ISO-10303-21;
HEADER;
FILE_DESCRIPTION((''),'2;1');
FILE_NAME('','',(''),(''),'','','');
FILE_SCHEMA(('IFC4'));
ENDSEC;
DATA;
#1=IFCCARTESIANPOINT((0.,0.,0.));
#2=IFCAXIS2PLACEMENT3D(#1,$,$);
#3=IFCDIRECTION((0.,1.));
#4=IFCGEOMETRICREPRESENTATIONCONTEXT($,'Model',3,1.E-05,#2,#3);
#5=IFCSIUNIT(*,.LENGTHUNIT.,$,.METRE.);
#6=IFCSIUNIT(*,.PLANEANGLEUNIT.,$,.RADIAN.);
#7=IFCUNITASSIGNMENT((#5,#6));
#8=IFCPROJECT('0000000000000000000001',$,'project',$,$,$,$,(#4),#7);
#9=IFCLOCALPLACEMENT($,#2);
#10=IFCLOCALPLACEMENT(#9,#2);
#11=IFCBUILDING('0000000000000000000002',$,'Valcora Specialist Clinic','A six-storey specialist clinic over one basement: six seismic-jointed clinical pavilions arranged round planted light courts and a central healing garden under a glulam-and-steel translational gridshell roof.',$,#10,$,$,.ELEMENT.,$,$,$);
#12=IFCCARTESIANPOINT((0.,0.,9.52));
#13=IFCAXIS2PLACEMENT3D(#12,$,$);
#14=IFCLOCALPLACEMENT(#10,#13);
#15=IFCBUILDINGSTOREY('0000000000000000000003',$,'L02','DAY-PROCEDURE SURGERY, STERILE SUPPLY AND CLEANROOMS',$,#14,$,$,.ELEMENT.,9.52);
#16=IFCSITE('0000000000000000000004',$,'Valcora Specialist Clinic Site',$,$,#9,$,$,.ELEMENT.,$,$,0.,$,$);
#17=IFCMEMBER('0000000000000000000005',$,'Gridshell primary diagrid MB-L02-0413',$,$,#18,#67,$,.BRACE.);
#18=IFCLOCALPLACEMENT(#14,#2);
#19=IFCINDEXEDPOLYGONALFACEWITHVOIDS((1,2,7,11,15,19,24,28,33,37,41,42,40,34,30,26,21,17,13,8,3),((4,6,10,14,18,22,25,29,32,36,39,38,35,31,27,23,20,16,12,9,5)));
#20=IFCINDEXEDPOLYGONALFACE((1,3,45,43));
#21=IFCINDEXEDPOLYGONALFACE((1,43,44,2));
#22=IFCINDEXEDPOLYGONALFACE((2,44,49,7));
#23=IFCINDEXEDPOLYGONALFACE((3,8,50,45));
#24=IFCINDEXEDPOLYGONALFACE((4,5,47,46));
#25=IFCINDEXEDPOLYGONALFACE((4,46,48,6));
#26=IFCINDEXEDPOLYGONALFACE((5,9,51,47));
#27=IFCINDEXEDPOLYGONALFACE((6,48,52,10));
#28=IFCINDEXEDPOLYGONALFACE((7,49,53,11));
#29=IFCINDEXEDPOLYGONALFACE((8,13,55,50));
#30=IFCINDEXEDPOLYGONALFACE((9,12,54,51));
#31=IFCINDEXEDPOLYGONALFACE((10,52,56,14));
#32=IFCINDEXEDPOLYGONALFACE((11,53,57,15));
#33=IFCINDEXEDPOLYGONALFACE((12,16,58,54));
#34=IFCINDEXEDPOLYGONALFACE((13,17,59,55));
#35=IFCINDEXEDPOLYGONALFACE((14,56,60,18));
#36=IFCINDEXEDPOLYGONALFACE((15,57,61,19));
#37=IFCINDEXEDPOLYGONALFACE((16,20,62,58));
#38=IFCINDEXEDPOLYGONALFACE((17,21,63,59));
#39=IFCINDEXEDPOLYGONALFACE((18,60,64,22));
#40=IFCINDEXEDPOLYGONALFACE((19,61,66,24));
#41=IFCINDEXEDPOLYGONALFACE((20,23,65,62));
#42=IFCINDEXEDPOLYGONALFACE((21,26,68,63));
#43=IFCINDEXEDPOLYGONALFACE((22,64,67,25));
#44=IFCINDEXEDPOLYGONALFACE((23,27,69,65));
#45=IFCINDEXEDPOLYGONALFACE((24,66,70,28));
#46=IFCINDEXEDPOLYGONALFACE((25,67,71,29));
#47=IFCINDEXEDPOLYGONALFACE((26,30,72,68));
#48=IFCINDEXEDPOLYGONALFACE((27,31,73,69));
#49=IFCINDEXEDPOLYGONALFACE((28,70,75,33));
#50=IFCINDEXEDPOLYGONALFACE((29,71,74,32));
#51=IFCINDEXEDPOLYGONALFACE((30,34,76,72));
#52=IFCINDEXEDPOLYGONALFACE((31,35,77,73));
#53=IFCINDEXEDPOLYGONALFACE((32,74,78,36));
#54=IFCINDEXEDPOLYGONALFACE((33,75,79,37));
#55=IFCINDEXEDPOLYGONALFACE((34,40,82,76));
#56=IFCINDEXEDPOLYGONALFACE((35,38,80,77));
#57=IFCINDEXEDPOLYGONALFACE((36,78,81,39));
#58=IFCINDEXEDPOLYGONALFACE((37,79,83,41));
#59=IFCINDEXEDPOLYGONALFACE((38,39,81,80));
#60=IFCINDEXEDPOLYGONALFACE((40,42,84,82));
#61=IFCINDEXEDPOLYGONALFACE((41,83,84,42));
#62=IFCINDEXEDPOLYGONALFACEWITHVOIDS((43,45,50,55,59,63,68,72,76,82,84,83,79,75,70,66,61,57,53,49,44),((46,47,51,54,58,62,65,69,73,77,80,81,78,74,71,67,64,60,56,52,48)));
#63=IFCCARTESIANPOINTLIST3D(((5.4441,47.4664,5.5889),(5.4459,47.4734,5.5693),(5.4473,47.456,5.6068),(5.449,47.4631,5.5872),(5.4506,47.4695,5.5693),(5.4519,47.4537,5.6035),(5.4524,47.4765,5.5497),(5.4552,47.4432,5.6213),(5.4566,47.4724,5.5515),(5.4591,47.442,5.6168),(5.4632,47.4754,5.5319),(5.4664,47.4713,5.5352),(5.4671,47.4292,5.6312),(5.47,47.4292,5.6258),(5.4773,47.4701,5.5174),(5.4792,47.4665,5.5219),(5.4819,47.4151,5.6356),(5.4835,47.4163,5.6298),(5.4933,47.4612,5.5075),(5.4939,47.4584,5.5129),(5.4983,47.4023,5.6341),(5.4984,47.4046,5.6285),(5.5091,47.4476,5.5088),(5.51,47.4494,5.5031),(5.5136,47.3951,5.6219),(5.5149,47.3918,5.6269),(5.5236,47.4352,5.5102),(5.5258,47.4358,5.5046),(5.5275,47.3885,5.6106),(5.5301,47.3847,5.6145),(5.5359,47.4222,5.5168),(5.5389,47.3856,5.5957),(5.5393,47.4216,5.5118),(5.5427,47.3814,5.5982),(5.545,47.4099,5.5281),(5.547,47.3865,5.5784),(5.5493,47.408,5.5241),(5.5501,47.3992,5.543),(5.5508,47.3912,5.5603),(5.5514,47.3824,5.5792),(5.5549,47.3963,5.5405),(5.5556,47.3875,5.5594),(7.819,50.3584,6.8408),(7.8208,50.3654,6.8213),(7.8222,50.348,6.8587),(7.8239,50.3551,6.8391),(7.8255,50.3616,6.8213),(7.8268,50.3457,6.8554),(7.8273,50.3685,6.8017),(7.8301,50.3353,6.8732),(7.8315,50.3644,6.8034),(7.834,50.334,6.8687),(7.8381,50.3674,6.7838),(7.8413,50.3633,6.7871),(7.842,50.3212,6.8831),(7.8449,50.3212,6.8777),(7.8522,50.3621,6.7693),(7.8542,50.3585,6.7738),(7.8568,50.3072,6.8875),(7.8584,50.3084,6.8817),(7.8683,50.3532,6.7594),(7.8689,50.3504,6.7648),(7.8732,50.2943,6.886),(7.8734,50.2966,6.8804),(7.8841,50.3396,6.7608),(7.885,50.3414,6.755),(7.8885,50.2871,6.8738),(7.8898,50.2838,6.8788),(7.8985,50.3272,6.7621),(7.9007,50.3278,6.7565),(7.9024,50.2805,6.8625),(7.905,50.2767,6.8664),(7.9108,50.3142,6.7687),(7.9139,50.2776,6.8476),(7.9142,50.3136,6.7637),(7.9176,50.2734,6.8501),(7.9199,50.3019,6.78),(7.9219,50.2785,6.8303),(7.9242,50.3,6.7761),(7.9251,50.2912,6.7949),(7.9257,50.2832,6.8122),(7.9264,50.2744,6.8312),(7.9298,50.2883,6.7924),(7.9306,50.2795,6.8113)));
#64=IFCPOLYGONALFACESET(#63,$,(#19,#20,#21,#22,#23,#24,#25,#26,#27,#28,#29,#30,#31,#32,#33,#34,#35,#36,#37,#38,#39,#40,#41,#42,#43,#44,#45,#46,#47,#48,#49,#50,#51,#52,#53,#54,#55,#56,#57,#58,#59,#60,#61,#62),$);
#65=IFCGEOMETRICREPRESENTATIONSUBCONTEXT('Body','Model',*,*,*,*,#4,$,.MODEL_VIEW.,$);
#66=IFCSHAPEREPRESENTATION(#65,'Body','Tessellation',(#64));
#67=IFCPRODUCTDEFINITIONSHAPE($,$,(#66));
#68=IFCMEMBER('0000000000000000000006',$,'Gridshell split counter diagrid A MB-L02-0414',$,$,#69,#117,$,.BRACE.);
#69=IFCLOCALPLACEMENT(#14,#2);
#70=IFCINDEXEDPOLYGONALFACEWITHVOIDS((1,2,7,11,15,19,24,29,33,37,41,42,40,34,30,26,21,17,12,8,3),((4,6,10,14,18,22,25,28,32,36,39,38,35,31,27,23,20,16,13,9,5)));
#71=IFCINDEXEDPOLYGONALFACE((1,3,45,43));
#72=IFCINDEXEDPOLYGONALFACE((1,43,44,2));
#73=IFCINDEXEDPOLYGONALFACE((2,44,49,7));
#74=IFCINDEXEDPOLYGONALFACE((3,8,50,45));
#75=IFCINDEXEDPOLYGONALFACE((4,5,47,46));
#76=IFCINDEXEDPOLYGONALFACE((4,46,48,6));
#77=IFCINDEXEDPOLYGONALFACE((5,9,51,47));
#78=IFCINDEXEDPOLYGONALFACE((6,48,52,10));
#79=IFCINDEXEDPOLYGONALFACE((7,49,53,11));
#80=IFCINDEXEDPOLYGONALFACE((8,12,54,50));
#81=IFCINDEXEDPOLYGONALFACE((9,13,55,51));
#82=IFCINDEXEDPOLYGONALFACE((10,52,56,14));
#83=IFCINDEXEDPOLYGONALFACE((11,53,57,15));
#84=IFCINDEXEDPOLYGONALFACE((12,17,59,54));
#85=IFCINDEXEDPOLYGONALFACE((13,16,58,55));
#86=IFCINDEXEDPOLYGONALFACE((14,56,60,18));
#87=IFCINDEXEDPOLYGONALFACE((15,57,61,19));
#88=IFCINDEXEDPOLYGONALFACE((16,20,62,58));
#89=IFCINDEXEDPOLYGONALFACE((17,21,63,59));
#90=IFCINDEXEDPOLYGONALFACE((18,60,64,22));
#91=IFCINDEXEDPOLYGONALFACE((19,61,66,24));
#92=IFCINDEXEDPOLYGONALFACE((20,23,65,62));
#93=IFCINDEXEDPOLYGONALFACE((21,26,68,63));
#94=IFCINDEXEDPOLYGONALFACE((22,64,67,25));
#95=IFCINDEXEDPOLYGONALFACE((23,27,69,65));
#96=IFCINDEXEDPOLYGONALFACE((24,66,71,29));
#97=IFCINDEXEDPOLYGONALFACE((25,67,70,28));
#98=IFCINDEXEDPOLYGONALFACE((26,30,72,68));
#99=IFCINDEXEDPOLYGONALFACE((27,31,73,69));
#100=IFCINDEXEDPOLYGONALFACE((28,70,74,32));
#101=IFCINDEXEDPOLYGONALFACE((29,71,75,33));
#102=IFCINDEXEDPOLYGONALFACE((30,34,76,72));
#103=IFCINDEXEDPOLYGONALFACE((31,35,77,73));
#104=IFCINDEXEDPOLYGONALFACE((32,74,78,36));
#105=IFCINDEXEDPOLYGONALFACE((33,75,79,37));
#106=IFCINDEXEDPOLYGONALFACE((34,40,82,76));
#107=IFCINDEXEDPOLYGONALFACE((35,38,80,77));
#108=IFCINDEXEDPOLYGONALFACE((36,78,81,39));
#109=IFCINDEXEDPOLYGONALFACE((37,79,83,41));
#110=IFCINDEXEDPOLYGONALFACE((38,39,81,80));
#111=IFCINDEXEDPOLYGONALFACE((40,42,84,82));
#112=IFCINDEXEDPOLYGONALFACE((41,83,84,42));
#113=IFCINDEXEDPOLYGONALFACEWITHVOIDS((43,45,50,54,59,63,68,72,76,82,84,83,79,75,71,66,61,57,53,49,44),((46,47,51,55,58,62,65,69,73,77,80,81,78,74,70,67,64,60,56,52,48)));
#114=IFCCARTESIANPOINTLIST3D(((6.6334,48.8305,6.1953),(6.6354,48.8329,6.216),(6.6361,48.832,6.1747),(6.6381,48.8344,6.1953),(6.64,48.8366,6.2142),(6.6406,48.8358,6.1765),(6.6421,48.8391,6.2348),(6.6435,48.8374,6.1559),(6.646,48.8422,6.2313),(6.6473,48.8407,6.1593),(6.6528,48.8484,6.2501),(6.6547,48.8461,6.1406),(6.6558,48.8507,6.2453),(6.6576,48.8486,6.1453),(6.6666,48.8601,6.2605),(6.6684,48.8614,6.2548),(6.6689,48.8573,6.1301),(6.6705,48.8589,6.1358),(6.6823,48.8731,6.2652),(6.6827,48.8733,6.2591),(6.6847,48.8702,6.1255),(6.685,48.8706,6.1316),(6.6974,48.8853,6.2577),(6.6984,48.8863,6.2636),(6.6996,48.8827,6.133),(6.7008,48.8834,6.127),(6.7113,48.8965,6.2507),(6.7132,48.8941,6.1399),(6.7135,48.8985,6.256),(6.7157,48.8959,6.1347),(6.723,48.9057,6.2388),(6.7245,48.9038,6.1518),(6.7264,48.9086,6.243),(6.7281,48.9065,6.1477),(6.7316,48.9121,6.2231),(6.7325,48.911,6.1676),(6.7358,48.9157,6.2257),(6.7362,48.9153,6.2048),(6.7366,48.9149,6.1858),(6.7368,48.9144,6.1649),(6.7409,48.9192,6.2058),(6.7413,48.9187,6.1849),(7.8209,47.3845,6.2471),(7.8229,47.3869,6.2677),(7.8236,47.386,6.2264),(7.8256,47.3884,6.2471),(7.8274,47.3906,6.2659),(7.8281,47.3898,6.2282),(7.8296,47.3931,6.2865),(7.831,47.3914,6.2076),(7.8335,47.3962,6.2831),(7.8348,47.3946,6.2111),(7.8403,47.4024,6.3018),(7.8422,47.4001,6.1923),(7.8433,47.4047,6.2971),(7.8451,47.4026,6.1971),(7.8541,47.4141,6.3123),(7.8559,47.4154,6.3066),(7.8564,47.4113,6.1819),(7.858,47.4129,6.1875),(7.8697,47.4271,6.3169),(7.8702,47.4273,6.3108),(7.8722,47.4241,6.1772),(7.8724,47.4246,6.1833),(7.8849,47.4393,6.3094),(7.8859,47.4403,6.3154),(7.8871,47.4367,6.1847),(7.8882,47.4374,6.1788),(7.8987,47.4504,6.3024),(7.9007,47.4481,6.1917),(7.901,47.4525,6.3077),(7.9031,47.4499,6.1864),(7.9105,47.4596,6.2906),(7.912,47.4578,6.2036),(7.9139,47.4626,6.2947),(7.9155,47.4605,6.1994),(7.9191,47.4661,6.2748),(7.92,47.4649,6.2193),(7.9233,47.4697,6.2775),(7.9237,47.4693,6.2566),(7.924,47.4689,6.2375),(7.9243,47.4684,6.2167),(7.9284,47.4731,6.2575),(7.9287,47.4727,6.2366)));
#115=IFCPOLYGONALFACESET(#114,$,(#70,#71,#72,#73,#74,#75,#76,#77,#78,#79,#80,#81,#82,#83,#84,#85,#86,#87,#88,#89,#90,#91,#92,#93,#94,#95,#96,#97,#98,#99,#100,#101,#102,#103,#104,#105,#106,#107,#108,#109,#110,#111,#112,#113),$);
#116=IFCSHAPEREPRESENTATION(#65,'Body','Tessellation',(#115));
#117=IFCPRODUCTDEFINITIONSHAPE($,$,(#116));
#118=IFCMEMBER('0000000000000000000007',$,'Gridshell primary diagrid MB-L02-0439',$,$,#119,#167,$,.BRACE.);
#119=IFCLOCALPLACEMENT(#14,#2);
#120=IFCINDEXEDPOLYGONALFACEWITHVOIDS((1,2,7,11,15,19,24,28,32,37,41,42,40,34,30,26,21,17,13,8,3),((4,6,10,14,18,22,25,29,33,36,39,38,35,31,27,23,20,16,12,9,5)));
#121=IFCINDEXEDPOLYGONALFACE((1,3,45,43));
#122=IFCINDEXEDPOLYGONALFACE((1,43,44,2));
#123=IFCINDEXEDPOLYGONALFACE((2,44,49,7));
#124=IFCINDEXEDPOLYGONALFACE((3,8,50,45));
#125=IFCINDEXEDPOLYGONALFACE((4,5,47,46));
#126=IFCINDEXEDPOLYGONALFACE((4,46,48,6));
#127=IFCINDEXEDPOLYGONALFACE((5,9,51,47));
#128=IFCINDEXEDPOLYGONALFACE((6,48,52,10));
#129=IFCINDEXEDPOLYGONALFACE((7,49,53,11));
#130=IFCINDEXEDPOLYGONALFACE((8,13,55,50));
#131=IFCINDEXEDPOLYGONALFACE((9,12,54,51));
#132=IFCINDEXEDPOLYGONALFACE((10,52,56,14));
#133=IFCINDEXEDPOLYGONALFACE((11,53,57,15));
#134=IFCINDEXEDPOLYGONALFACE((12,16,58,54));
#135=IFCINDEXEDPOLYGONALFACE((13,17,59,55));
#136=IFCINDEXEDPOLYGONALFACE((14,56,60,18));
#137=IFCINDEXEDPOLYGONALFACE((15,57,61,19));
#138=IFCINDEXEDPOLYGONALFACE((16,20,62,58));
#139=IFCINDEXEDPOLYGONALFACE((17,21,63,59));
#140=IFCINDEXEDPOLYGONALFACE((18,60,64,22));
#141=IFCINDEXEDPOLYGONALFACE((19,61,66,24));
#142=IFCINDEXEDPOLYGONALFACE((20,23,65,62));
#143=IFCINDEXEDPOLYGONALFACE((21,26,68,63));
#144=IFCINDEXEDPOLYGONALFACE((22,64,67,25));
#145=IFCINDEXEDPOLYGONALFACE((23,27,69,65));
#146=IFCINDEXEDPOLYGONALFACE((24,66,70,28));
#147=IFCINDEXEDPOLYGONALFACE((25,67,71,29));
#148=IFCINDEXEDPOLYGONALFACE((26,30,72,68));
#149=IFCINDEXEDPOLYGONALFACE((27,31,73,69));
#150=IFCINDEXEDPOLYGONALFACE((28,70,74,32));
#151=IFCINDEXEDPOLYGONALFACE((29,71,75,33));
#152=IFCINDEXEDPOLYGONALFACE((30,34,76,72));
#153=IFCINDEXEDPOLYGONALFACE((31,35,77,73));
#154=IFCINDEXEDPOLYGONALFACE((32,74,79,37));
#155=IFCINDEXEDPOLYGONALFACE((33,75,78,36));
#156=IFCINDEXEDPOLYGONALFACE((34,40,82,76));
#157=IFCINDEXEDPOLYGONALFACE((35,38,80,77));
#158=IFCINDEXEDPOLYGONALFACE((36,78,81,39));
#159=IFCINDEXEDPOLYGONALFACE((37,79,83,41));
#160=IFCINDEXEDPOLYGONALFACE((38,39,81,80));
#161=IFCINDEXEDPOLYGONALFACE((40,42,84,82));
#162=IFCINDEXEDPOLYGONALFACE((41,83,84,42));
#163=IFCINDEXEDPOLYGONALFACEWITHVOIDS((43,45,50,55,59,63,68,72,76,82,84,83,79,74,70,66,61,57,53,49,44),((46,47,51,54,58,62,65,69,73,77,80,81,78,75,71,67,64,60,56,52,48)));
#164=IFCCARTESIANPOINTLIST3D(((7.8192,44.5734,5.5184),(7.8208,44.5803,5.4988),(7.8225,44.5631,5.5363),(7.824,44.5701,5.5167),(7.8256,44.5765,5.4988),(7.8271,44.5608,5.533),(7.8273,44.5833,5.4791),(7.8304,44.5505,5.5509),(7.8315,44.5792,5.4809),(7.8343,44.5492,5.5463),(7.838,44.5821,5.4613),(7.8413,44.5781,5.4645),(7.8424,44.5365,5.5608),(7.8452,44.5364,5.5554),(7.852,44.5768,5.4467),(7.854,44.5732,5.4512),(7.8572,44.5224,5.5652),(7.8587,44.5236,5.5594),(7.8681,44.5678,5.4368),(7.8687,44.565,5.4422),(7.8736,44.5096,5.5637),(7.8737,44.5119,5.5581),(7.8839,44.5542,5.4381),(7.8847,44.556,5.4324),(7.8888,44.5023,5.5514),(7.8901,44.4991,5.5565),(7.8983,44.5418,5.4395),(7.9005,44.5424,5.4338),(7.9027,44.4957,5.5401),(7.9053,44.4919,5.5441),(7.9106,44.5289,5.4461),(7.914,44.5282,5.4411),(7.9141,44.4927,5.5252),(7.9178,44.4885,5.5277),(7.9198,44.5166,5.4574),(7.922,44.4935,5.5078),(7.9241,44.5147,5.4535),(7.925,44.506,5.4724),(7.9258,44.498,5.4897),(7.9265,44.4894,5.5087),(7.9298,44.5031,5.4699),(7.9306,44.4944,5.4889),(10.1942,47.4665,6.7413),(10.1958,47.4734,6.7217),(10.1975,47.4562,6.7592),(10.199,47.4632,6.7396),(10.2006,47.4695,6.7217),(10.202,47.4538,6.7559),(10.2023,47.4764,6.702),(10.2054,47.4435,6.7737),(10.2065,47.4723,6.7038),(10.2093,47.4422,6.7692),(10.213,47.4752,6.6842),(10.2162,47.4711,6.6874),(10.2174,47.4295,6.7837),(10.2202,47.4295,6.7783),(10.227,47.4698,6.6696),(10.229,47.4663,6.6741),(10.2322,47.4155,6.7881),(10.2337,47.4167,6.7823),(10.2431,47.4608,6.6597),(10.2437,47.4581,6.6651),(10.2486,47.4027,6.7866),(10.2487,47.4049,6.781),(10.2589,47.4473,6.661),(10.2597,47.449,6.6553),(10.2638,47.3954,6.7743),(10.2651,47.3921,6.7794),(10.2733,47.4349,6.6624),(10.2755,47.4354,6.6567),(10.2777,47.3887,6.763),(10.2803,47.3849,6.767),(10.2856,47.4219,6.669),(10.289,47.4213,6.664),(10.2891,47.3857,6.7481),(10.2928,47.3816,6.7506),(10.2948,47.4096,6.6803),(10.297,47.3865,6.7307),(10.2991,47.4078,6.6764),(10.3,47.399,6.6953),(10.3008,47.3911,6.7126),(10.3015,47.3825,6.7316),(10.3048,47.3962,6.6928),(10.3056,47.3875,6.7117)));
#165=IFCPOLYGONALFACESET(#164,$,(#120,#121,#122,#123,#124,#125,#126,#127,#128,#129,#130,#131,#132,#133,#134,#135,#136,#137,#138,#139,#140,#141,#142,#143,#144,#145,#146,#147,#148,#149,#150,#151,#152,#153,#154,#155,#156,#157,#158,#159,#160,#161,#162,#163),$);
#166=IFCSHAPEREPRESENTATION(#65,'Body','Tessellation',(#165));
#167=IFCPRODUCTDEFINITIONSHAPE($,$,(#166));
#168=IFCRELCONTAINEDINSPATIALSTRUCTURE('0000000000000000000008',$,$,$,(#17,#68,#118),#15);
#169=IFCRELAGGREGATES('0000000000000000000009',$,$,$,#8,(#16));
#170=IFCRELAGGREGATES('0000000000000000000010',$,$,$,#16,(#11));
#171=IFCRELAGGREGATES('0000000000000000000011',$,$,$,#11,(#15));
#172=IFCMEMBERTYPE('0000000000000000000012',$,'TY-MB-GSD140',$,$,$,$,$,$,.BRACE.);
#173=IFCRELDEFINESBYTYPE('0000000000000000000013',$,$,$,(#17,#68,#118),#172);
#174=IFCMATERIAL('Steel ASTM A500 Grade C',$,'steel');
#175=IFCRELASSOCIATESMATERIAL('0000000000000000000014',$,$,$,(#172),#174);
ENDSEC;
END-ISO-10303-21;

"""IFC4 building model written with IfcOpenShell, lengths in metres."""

from ifc_helpers import new_model, si_unit, direction, frame, origin, origin_2d, place, context, subcontext, project, spatial, hollow_circle, extrude, material, material_profile, profile_set, type_object, element, save


model = new_model("IFC4")

# Units and contexts
model_context = context("Model", 3, precision=1e-05, world=origin(), true_north=direction((0.0, 1.0)))
body_context = subcontext(model_context, "Body", "Model", "MODEL_VIEW")
ifc_project = project(units=[si_unit("LENGTHUNIT", "METRE"), si_unit("PLANEANGLEUNIT", "RADIAN")], contexts=[model_context])

# Site, building, storey
site_placement = place(None, origin())
site = spatial("IfcSite", under=ifc_project, at=site_placement, Name="Valcora Specialist Clinic Site", CompositionType="ELEMENT", RefElevation=0.0)
building_placement = place(site_placement, origin())
building = spatial("IfcBuilding", under=site, at=building_placement, Name="Valcora Specialist Clinic", Description="A six-storey specialist clinic over one basement: six seismic-jointed clinical pavilions arranged round planted light courts and a central healing garden under a glulam-and-steel translational gridshell roof.", CompositionType="ELEMENT")
storey_placement = place(building_placement, frame((0.0, 0.0, 9.52)))
storey = spatial("IfcBuildingStorey", under=building, at=storey_placement, Name="L02", Description="DAY-PROCEDURE SURGERY, STERILE SUPPLY AND CLEANROOMS", CompositionType="ELEMENT", Elevation=9.52)

# Members
ifc_material_1 = material(Name="Steel ASTM A500 Grade C", Category="steel")
ifc_material_profile_1 = material_profile(ifc_material_1, hollow_circle(Radius=0.0701, WallThickness=0.0061, at=origin_2d()), Name="ST-CHS-140X6")
ifc_profile_set_1 = profile_set([ifc_material_profile_1], Name="Steel ASTM A500 Grade C")
member_type_1 = type_object("IfcMemberType", Name="TY-MB-GSD140", PredefinedType="BRACE", material=ifc_profile_set_1)
member_1_placement = place(storey_placement, frame((5.5, 47.429, 5.5693), z_axis=(0.601851, 0.732887, 0.317258), x_axis=(-0.772811, 0.634636, 0.0)))
element("IfcMember", 1, at=member_1_placement, inside=storey, type_object=member_type_1, Name="Gridshell primary diagrid MB-L02-0413", PredefinedType="BRACE", context=body_context, shape_type="SweptSolid", body=[
    extrude(hollow_circle(Radius=0.0701, WallThickness=0.0061, at=origin_2d()), origin(), (0.0, 0.0, 1.0), 3.946),
])
member_2_placement = place(storey_placement, frame((7.875, 47.429, 6.2471), z_axis=(-0.634394, 0.772515, -0.02765), x_axis=(-0.772811, -0.634636, 0.0)))
element("IfcMember", 2, at=member_2_placement, inside=storey, type_object=member_type_1, Name="Gridshell split counter diagrid A MB-L02-0414", PredefinedType="BRACE", context=body_context, shape_type="SweptSolid", body=[
    extrude(hollow_circle(Radius=0.0701, WallThickness=0.0061, at=origin_2d()), origin(), (0.0, 0.0, 1.0), 1.8718),
])
member_3_placement = place(storey_placement, frame((7.875, 44.5359, 5.4988), z_axis=(0.603135, 0.734699, 0.310557), x_axis=(-0.772916, 0.634508, 0.0)))
element("IfcMember", 3, at=member_3_placement, inside=storey, type_object=member_type_1, Name="Gridshell primary diagrid MB-L02-0439", PredefinedType="BRACE", context=body_context, shape_type="SweptSolid", body=[
    extrude(hollow_circle(Radius=0.0701, WallThickness=0.0061, at=origin_2d()), origin(), (0.0, 0.0, 1.0), 3.9377),
])

save(model, "model.ifc")
